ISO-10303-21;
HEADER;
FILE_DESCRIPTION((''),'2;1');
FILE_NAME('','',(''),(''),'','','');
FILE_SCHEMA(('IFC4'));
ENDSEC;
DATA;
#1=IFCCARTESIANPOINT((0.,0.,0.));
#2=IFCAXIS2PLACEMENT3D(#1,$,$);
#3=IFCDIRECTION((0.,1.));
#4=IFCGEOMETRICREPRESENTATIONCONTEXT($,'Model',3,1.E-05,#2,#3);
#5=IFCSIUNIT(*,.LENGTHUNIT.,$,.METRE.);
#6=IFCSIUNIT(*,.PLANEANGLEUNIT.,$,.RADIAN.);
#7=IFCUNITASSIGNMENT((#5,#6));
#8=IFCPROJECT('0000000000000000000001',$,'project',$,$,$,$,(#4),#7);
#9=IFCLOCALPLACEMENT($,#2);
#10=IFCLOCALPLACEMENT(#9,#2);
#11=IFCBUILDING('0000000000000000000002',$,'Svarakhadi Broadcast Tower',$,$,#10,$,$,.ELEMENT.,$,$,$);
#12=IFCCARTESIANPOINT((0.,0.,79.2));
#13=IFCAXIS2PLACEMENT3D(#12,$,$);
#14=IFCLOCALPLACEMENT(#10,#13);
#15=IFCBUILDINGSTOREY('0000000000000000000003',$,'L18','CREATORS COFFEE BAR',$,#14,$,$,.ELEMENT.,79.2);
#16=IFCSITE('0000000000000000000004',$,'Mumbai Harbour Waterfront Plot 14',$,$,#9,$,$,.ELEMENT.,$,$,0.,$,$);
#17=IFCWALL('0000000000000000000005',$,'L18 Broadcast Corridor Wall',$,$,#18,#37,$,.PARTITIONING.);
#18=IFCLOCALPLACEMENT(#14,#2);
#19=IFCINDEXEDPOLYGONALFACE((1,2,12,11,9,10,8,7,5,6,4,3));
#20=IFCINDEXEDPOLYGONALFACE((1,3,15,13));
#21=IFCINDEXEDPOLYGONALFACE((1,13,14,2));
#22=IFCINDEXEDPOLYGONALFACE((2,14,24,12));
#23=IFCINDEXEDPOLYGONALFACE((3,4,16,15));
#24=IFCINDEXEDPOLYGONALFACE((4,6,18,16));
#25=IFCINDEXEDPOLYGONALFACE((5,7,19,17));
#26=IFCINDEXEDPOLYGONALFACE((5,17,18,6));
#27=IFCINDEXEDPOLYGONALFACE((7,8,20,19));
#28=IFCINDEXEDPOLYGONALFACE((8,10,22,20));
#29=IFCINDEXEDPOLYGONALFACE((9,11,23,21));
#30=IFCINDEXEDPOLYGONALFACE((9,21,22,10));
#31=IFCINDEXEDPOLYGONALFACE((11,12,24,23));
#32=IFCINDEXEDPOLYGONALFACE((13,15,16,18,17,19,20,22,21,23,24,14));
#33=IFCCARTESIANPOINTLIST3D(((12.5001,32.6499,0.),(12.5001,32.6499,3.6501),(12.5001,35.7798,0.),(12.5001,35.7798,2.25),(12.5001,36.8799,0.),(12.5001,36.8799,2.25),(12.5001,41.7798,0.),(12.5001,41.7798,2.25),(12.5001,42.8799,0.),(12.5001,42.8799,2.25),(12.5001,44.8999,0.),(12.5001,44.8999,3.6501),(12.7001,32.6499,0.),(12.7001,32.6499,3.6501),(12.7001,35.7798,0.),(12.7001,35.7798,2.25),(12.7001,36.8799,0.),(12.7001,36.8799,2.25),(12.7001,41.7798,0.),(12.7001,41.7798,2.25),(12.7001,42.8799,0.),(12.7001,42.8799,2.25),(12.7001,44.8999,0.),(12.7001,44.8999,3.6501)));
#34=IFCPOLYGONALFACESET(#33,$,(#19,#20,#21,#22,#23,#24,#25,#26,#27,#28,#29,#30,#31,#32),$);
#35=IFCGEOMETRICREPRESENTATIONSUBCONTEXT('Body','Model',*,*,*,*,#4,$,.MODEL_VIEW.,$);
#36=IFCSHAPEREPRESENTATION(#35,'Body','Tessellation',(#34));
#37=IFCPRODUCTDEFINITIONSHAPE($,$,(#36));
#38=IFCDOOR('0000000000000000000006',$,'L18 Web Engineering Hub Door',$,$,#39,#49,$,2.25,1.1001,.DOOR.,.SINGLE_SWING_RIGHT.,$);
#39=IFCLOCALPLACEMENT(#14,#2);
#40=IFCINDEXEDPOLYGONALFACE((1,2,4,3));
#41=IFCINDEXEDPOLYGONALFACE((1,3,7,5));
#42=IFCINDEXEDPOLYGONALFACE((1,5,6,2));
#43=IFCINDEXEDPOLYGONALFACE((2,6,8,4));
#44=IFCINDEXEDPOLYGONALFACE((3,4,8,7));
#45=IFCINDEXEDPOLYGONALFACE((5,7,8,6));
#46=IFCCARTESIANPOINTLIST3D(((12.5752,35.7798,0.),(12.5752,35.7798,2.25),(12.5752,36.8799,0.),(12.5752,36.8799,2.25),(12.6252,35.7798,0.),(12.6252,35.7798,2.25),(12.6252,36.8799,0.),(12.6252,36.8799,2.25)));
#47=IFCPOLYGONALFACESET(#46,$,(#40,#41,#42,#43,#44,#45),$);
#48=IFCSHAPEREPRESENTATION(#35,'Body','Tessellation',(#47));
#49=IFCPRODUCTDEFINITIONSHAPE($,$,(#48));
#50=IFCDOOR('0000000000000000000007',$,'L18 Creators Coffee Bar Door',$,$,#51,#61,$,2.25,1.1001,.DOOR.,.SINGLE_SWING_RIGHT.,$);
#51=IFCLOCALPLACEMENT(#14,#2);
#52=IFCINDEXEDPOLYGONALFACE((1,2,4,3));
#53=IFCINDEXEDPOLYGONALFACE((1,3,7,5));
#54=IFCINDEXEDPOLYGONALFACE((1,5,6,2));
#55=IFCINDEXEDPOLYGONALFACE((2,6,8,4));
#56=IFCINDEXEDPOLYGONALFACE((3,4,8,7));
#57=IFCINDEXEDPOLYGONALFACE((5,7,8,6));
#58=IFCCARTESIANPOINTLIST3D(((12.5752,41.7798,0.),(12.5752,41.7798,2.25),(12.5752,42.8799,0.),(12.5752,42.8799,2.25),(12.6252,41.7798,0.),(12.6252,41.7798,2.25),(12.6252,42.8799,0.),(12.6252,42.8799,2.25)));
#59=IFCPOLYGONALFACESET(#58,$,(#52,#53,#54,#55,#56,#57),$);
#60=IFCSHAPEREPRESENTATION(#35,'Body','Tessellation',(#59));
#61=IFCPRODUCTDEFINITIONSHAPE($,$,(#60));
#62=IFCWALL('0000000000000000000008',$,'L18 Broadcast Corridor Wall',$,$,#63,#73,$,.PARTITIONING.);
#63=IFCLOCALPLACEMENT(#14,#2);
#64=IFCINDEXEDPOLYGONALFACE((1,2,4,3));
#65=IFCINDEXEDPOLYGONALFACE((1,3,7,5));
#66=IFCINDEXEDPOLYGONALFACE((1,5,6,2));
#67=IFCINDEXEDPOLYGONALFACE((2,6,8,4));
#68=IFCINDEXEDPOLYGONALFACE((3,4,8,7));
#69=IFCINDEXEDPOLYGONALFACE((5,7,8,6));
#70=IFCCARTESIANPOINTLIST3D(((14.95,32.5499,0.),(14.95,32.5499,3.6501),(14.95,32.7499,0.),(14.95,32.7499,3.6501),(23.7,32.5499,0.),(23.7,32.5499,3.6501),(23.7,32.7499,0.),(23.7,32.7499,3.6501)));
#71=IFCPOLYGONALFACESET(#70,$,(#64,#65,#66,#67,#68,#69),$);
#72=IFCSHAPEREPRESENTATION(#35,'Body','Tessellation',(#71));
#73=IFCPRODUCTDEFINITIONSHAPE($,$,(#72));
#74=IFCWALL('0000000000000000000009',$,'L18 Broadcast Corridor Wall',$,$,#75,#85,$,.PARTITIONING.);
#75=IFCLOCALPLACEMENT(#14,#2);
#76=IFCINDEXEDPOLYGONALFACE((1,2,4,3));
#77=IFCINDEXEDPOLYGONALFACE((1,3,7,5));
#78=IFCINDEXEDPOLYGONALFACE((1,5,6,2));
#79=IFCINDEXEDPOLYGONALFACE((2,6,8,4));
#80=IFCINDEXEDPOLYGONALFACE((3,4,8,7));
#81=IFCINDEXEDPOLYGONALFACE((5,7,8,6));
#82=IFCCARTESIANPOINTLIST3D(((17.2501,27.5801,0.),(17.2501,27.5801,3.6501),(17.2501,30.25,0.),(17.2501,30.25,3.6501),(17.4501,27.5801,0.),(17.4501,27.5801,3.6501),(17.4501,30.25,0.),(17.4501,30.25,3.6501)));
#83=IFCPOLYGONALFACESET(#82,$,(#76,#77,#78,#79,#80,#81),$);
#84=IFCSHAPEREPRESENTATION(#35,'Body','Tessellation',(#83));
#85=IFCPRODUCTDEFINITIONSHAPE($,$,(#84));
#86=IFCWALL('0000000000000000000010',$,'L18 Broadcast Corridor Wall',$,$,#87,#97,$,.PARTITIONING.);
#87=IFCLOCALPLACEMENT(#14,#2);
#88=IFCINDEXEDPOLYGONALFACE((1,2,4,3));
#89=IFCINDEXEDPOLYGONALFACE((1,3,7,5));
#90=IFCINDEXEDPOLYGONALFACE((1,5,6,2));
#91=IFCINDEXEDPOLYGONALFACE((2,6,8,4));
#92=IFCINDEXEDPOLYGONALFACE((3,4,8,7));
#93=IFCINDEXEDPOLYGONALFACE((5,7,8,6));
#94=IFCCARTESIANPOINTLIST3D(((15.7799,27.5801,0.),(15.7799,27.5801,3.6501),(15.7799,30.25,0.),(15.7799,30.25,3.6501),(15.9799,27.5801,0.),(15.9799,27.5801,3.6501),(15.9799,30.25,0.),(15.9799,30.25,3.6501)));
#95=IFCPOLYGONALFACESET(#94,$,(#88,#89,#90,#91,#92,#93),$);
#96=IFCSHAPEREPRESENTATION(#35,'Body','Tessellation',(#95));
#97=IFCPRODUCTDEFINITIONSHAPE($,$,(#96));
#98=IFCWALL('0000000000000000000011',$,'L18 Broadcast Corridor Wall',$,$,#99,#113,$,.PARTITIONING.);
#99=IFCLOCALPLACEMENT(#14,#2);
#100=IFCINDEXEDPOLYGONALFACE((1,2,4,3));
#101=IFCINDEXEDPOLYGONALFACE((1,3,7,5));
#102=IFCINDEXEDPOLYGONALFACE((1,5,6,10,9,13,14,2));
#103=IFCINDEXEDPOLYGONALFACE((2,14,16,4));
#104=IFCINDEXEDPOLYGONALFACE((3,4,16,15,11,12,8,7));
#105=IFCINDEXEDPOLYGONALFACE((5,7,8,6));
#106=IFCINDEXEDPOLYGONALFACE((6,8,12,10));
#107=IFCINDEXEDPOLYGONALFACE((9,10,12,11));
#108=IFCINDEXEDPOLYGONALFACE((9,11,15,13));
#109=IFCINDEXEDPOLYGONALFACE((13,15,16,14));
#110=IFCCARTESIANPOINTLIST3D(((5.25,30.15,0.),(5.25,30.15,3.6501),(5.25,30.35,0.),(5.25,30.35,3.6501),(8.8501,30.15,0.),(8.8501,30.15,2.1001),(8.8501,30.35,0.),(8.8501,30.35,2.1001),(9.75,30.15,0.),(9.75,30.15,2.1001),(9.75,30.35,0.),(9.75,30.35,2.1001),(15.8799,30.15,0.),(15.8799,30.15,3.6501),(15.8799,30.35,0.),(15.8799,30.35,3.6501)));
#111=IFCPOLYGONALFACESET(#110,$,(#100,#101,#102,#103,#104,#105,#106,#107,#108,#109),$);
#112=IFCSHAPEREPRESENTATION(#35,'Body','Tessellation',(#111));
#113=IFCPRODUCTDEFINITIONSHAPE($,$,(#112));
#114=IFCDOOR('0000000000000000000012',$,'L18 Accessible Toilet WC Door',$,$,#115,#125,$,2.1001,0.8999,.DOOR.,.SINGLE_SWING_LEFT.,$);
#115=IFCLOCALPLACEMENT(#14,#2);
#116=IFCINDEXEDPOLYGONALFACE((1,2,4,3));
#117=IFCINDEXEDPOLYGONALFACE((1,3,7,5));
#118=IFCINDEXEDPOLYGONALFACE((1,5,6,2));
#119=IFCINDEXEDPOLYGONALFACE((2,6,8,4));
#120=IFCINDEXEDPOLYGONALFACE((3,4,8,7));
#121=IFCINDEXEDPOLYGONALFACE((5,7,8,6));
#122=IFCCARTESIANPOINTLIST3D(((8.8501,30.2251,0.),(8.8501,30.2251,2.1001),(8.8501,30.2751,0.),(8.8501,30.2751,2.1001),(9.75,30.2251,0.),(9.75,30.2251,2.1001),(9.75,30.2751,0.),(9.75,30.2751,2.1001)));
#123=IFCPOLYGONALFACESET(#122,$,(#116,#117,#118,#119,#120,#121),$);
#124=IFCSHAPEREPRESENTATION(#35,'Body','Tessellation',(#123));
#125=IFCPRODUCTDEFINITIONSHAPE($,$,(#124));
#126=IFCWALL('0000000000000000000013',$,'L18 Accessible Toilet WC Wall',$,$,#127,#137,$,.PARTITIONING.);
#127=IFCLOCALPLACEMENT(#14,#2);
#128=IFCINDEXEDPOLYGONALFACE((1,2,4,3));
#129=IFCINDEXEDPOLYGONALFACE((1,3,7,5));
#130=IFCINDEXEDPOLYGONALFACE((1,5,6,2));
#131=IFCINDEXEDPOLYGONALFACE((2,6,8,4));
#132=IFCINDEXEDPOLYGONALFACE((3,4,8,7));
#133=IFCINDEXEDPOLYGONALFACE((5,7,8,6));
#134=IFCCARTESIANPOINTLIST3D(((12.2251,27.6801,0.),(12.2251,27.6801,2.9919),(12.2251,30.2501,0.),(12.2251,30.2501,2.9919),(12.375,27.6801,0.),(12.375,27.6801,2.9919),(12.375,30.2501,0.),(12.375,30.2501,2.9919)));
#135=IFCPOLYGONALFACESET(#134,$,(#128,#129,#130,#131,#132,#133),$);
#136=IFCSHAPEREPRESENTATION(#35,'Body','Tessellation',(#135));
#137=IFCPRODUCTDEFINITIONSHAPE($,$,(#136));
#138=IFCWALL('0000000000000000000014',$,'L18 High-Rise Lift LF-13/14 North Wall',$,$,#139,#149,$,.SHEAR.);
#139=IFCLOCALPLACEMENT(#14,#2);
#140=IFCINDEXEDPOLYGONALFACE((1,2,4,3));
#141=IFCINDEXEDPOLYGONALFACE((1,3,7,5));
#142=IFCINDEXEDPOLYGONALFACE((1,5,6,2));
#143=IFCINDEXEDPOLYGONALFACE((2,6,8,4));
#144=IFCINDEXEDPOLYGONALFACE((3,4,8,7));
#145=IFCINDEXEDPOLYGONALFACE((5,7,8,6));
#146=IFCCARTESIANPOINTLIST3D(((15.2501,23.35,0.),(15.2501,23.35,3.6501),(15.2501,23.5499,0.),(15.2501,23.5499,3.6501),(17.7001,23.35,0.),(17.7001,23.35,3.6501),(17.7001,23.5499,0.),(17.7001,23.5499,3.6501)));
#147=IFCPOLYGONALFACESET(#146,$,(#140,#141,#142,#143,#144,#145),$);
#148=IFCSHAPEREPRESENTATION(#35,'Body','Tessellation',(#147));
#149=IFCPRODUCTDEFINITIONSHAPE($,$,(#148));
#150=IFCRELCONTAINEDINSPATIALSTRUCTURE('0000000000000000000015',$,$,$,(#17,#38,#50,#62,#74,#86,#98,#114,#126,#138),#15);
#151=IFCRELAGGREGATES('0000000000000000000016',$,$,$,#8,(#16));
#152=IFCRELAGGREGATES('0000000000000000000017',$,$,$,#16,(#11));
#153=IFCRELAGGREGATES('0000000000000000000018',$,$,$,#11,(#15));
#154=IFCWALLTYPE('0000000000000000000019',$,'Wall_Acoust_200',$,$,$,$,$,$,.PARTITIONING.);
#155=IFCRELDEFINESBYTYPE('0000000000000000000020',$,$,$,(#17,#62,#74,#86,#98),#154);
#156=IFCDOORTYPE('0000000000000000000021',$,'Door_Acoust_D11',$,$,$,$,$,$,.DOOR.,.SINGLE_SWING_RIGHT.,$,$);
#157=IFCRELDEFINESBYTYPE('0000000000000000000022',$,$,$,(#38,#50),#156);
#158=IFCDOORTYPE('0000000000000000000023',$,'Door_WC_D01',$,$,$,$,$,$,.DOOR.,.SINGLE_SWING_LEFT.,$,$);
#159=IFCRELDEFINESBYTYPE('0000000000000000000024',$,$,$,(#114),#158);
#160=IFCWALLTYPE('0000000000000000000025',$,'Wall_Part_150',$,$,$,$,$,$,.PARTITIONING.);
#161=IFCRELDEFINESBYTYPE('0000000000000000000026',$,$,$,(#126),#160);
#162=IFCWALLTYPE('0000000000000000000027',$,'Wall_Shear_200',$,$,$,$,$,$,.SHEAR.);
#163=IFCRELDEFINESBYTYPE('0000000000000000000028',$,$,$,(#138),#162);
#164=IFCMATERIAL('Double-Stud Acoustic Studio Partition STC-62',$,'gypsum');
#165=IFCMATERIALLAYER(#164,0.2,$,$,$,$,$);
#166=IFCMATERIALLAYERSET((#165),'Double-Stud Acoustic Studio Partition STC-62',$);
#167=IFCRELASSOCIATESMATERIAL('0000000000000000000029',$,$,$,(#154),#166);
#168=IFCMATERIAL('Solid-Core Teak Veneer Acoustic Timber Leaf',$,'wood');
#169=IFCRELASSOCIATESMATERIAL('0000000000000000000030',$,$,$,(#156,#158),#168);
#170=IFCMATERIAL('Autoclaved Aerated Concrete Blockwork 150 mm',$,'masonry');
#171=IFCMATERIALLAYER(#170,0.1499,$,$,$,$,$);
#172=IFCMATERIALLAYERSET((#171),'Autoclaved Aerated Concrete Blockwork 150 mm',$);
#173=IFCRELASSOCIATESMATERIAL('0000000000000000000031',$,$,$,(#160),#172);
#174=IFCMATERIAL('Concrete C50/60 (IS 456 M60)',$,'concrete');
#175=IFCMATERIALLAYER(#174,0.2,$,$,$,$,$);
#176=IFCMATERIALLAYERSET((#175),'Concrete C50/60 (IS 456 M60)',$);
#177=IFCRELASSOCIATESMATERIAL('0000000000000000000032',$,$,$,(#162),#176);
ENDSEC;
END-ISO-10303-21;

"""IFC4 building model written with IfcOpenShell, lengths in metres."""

from ifc_helpers import new_model, si_unit, direction, frame, frame_2d, origin, place, context, subcontext, project, spatial, rectangle, extrude, material, layer, layer_set, type_object, element, fill, save


model = new_model("IFC4")

# Units and contexts
model_context = context("Model", 3, precision=1e-05, world=origin(), true_north=direction((0.0, 1.0)))
body_context = subcontext(model_context, "Body", "Model", "MODEL_VIEW")
ifc_project = project(units=[si_unit("LENGTHUNIT", "METRE"), si_unit("PLANEANGLEUNIT", "RADIAN")], contexts=[model_context])

# Site, building, storey
site_placement = place(None, origin())
site = spatial("IfcSite", under=ifc_project, at=site_placement, Name="Mumbai Harbour Waterfront Plot 14", CompositionType="ELEMENT", RefElevation=0.0)
building_placement = place(site_placement, origin())
building = spatial("IfcBuilding", under=site, at=building_placement, Name="Svarakhadi Broadcast Tower", CompositionType="ELEMENT")
storey_placement = place(building_placement, frame((0.0, 0.0, 79.2)))
storey = spatial("IfcBuildingStorey", under=building, at=storey_placement, Name="L18", Description="CREATORS COFFEE BAR", CompositionType="ELEMENT", Elevation=79.2)

# Wall, openings, doors
ifc_material_1 = material(Name="Double-Stud Acoustic Studio Partition STC-62", Category="gypsum")
ifc_layer_1 = layer(ifc_material_1, 0.2)
ifc_layer_set_1 = layer_set([ifc_layer_1], Name="Double-Stud Acoustic Studio Partition STC-62")
wall_type_1 = type_object("IfcWallType", Name="Wall_Acoust_200", PredefinedType="PARTITIONING", material=ifc_layer_set_1)
wall_1_placement = place(storey_placement, frame((12.6001, 32.6499, 0.0), z_axis=(0.0, 0.0, 1.0), x_axis=(0.0, 1.0, 0.0)))
wall_1 = element("IfcWall", 1, at=wall_1_placement, inside=storey, type_object=wall_type_1, Name="L18 Broadcast Corridor Wall", PredefinedType="PARTITIONING", context=body_context, shape_type="SweptSolid", body=[
    extrude(rectangle(XDim=12.25, YDim=0.2, at=frame_2d((6.125, 0.0))), origin(), (0.0, 0.0, 1.0), 3.6501),
])
opening_1_placement = place(wall_1_placement, frame((3.1299, 0.0, 0.0)))
opening_1 = element("IfcOpeningElement", 2, at=opening_1_placement, cuts=wall_1, PredefinedType="OPENING", context=body_context, shape_type="SweptSolid", body=[
    extrude(rectangle(XDim=1.1001, YDim=2.25, at=frame_2d((0.55, 1.125))), frame((0.0, 0.1099, 0.0), z_axis=(0.0, -1.0, 0.0), x_axis=(1.0, 0.0, 0.0)), (0.0, 0.0, 1.0), 0.22),
])
opening_2_placement = place(wall_1_placement, frame((9.1299, 0.0, 0.0)))
opening_2 = element("IfcOpeningElement", 3, at=opening_2_placement, cuts=wall_1, PredefinedType="OPENING", context=body_context, shape_type="SweptSolid", body=[
    extrude(rectangle(XDim=1.1001, YDim=2.25, at=frame_2d((0.55, 1.125))), frame((0.0, 0.1099, 0.0), z_axis=(0.0, -1.0, 0.0), x_axis=(1.0, 0.0, 0.0)), (0.0, 0.0, 1.0), 0.22),
])
ifc_material_2 = material(Name="Solid-Core Teak Veneer Acoustic Timber Leaf", Category="wood")
door_type_1 = type_object("IfcDoorType", Name="Door_Acoust_D11", OperationType="SINGLE_SWING_RIGHT", PredefinedType="DOOR", material=ifc_material_2)
door_1_placement = place(opening_1_placement, origin())
door_1 = element("IfcDoor", 4, at=door_1_placement, inside=storey, type_object=door_type_1, Name="L18 Web Engineering Hub Door", OperationType="SINGLE_SWING_RIGHT", OverallHeight=2.25, OverallWidth=1.1001, PredefinedType="DOOR", context=body_context, shape_type="SweptSolid", body=[
    extrude(rectangle(XDim=1.1001, YDim=2.25, at=frame_2d((0.55, 1.125))), frame((0.0, 0.0249, 0.0), z_axis=(0.0, -1.0, 0.0), x_axis=(1.0, 0.0, 0.0)), (0.0, 0.0, 1.0), 0.05),
])
fill(opening_1, door_1)
door_2_placement = place(opening_2_placement, origin())
door_2 = element("IfcDoor", 5, at=door_2_placement, inside=storey, type_object=door_type_1, Name="L18 Creators Coffee Bar Door", OperationType="SINGLE_SWING_RIGHT", OverallHeight=2.25, OverallWidth=1.1001, PredefinedType="DOOR", context=body_context, shape_type="SweptSolid", body=[
    extrude(rectangle(XDim=1.1001, YDim=2.25, at=frame_2d((0.55, 1.125))), frame((0.0, 0.0249, 0.0), z_axis=(0.0, -1.0, 0.0), x_axis=(1.0, 0.0, 0.0)), (0.0, 0.0, 1.0), 0.05),
])
fill(opening_2, door_2)

# Walls
wall_2_placement = place(storey_placement, frame((14.95, 32.6499, 0.0), z_axis=(0.0, 0.0, 1.0), x_axis=(1.0, 0.0, 0.0)))
element("IfcWall", 6, at=wall_2_placement, inside=storey, type_object=wall_type_1, Name="L18 Broadcast Corridor Wall", PredefinedType="PARTITIONING", context=body_context, shape_type="SweptSolid", body=[
    extrude(rectangle(XDim=8.75, YDim=0.2, at=frame_2d((4.375, 0.0))), origin(), (0.0, 0.0, 1.0), 3.6501),
])
for number, where, z_axis, x_axis, name in (
    (7, (17.3501, 30.25, 0.0), (0.0, 0.0, 1.0), (0.0, -1.0, 0.0), "L18 Broadcast Corridor Wall"),
    (8, (15.8799, 27.5801, 0.0), (0.0, 0.0, 1.0), (0.0, 1.0, 0.0), "L18 Broadcast Corridor Wall"),
):
    element("IfcWall", number, at=place(storey_placement, frame(where, z_axis=z_axis, x_axis=x_axis)), inside=storey, type_object=wall_type_1, Name=name, PredefinedType="PARTITIONING", context=body_context, shape_type="SweptSolid", body=[
        extrude(rectangle(XDim=2.6699, YDim=0.2, at=frame_2d((1.335, 0.0))), origin(), (0.0, 0.0, 1.0), 3.6501),
    ])

# Wall, opening, door
wall_3_placement = place(storey_placement, frame((15.8799, 30.25, 0.0), z_axis=(0.0, 0.0, 1.0), x_axis=(-1.0, 0.0, 0.0)))
wall_3 = element("IfcWall", 9, at=wall_3_placement, inside=storey, type_object=wall_type_1, Name="L18 Broadcast Corridor Wall", PredefinedType="PARTITIONING", context=body_context, shape_type="SweptSolid", body=[
    extrude(rectangle(XDim=10.6299, YDim=0.2, at=frame_2d((5.3149, 0.0))), origin(), (0.0, 0.0, 1.0), 3.6501),
])
opening_3_placement = place(wall_3_placement, frame((6.1299, 0.0, 0.0)))
opening_3 = element("IfcOpeningElement", 10, at=opening_3_placement, cuts=wall_3, PredefinedType="OPENING", context=body_context, shape_type="SweptSolid", body=[
    extrude(rectangle(XDim=0.8999, YDim=2.1001, at=frame_2d((0.45, 1.05))), frame((0.0, 0.1099, 0.0), z_axis=(0.0, -1.0, 0.0), x_axis=(1.0, 0.0, 0.0)), (0.0, 0.0, 1.0), 0.22),
])
door_type_2 = type_object("IfcDoorType", Name="Door_WC_D01", OperationType="SINGLE_SWING_LEFT", PredefinedType="DOOR", material=ifc_material_2)
door_3_placement = place(opening_3_placement, origin())
door_3 = element("IfcDoor", 11, at=door_3_placement, inside=storey, type_object=door_type_2, Name="L18 Accessible Toilet WC Door", OperationType="SINGLE_SWING_LEFT", OverallHeight=2.1001, OverallWidth=0.8999, PredefinedType="DOOR", context=body_context, shape_type="SweptSolid", body=[
    extrude(rectangle(XDim=0.8999, YDim=2.1001, at=frame_2d((0.45, 1.05))), frame((0.0, 0.0249, 0.0), z_axis=(0.0, -1.0, 0.0), x_axis=(1.0, 0.0, 0.0)), (0.0, 0.0, 1.0), 0.05),
])
fill(opening_3, door_3)
ifc_material_3 = material(Name="Autoclaved Aerated Concrete Blockwork 150 mm", Category="masonry")
ifc_layer_2 = layer(ifc_material_3, 0.1499)
ifc_layer_set_2 = layer_set([ifc_layer_2], Name="Autoclaved Aerated Concrete Blockwork 150 mm")
wall_type_2 = type_object("IfcWallType", Name="Wall_Part_150", PredefinedType="PARTITIONING", material=ifc_layer_set_2)

# Walls
wall_4_placement = place(storey_placement, frame((12.3, 27.6799, 0.0), z_axis=(0.0, 0.0, 1.0), x_axis=(0.0, 1.0, 0.0)))
element("IfcWall", 12, at=wall_4_placement, inside=storey, type_object=wall_type_2, Name="L18 Accessible Toilet WC Wall", PredefinedType="PARTITIONING", context=body_context, shape_type="SweptSolid", body=[
    extrude(rectangle(XDim=2.5701, YDim=0.1499, at=frame_2d((1.2852, 0.0))), origin(), (0.0, 0.0, 1.0), 2.9919),
])
ifc_material_4 = material(Name="Concrete C50/60 (IS 456 M60)", Category="concrete")
ifc_layer_3 = layer(ifc_material_4, 0.2)
ifc_layer_set_3 = layer_set([ifc_layer_3], Name="Concrete C50/60 (IS 456 M60)")
wall_type_3 = type_object("IfcWallType", Name="Wall_Shear_200", PredefinedType="SHEAR", material=ifc_layer_set_3)
wall_5_placement = place(storey_placement, frame((15.25, 23.45, 0.0), z_axis=(0.0, 0.0, 1.0), x_axis=(1.0, 0.0, 0.0)))
element("IfcWall", 13, at=wall_5_placement, inside=storey, type_object=wall_type_3, Name="L18 High-Rise Lift LF-13/14 North Wall", PredefinedType="SHEAR", context=body_context, shape_type="SweptSolid", body=[
    extrude(rectangle(XDim=2.45, YDim=0.2, at=frame_2d((1.2251, 0.0))), origin(), (0.0, 0.0, 1.0), 3.6501),
])

save(model, "model.ifc")
